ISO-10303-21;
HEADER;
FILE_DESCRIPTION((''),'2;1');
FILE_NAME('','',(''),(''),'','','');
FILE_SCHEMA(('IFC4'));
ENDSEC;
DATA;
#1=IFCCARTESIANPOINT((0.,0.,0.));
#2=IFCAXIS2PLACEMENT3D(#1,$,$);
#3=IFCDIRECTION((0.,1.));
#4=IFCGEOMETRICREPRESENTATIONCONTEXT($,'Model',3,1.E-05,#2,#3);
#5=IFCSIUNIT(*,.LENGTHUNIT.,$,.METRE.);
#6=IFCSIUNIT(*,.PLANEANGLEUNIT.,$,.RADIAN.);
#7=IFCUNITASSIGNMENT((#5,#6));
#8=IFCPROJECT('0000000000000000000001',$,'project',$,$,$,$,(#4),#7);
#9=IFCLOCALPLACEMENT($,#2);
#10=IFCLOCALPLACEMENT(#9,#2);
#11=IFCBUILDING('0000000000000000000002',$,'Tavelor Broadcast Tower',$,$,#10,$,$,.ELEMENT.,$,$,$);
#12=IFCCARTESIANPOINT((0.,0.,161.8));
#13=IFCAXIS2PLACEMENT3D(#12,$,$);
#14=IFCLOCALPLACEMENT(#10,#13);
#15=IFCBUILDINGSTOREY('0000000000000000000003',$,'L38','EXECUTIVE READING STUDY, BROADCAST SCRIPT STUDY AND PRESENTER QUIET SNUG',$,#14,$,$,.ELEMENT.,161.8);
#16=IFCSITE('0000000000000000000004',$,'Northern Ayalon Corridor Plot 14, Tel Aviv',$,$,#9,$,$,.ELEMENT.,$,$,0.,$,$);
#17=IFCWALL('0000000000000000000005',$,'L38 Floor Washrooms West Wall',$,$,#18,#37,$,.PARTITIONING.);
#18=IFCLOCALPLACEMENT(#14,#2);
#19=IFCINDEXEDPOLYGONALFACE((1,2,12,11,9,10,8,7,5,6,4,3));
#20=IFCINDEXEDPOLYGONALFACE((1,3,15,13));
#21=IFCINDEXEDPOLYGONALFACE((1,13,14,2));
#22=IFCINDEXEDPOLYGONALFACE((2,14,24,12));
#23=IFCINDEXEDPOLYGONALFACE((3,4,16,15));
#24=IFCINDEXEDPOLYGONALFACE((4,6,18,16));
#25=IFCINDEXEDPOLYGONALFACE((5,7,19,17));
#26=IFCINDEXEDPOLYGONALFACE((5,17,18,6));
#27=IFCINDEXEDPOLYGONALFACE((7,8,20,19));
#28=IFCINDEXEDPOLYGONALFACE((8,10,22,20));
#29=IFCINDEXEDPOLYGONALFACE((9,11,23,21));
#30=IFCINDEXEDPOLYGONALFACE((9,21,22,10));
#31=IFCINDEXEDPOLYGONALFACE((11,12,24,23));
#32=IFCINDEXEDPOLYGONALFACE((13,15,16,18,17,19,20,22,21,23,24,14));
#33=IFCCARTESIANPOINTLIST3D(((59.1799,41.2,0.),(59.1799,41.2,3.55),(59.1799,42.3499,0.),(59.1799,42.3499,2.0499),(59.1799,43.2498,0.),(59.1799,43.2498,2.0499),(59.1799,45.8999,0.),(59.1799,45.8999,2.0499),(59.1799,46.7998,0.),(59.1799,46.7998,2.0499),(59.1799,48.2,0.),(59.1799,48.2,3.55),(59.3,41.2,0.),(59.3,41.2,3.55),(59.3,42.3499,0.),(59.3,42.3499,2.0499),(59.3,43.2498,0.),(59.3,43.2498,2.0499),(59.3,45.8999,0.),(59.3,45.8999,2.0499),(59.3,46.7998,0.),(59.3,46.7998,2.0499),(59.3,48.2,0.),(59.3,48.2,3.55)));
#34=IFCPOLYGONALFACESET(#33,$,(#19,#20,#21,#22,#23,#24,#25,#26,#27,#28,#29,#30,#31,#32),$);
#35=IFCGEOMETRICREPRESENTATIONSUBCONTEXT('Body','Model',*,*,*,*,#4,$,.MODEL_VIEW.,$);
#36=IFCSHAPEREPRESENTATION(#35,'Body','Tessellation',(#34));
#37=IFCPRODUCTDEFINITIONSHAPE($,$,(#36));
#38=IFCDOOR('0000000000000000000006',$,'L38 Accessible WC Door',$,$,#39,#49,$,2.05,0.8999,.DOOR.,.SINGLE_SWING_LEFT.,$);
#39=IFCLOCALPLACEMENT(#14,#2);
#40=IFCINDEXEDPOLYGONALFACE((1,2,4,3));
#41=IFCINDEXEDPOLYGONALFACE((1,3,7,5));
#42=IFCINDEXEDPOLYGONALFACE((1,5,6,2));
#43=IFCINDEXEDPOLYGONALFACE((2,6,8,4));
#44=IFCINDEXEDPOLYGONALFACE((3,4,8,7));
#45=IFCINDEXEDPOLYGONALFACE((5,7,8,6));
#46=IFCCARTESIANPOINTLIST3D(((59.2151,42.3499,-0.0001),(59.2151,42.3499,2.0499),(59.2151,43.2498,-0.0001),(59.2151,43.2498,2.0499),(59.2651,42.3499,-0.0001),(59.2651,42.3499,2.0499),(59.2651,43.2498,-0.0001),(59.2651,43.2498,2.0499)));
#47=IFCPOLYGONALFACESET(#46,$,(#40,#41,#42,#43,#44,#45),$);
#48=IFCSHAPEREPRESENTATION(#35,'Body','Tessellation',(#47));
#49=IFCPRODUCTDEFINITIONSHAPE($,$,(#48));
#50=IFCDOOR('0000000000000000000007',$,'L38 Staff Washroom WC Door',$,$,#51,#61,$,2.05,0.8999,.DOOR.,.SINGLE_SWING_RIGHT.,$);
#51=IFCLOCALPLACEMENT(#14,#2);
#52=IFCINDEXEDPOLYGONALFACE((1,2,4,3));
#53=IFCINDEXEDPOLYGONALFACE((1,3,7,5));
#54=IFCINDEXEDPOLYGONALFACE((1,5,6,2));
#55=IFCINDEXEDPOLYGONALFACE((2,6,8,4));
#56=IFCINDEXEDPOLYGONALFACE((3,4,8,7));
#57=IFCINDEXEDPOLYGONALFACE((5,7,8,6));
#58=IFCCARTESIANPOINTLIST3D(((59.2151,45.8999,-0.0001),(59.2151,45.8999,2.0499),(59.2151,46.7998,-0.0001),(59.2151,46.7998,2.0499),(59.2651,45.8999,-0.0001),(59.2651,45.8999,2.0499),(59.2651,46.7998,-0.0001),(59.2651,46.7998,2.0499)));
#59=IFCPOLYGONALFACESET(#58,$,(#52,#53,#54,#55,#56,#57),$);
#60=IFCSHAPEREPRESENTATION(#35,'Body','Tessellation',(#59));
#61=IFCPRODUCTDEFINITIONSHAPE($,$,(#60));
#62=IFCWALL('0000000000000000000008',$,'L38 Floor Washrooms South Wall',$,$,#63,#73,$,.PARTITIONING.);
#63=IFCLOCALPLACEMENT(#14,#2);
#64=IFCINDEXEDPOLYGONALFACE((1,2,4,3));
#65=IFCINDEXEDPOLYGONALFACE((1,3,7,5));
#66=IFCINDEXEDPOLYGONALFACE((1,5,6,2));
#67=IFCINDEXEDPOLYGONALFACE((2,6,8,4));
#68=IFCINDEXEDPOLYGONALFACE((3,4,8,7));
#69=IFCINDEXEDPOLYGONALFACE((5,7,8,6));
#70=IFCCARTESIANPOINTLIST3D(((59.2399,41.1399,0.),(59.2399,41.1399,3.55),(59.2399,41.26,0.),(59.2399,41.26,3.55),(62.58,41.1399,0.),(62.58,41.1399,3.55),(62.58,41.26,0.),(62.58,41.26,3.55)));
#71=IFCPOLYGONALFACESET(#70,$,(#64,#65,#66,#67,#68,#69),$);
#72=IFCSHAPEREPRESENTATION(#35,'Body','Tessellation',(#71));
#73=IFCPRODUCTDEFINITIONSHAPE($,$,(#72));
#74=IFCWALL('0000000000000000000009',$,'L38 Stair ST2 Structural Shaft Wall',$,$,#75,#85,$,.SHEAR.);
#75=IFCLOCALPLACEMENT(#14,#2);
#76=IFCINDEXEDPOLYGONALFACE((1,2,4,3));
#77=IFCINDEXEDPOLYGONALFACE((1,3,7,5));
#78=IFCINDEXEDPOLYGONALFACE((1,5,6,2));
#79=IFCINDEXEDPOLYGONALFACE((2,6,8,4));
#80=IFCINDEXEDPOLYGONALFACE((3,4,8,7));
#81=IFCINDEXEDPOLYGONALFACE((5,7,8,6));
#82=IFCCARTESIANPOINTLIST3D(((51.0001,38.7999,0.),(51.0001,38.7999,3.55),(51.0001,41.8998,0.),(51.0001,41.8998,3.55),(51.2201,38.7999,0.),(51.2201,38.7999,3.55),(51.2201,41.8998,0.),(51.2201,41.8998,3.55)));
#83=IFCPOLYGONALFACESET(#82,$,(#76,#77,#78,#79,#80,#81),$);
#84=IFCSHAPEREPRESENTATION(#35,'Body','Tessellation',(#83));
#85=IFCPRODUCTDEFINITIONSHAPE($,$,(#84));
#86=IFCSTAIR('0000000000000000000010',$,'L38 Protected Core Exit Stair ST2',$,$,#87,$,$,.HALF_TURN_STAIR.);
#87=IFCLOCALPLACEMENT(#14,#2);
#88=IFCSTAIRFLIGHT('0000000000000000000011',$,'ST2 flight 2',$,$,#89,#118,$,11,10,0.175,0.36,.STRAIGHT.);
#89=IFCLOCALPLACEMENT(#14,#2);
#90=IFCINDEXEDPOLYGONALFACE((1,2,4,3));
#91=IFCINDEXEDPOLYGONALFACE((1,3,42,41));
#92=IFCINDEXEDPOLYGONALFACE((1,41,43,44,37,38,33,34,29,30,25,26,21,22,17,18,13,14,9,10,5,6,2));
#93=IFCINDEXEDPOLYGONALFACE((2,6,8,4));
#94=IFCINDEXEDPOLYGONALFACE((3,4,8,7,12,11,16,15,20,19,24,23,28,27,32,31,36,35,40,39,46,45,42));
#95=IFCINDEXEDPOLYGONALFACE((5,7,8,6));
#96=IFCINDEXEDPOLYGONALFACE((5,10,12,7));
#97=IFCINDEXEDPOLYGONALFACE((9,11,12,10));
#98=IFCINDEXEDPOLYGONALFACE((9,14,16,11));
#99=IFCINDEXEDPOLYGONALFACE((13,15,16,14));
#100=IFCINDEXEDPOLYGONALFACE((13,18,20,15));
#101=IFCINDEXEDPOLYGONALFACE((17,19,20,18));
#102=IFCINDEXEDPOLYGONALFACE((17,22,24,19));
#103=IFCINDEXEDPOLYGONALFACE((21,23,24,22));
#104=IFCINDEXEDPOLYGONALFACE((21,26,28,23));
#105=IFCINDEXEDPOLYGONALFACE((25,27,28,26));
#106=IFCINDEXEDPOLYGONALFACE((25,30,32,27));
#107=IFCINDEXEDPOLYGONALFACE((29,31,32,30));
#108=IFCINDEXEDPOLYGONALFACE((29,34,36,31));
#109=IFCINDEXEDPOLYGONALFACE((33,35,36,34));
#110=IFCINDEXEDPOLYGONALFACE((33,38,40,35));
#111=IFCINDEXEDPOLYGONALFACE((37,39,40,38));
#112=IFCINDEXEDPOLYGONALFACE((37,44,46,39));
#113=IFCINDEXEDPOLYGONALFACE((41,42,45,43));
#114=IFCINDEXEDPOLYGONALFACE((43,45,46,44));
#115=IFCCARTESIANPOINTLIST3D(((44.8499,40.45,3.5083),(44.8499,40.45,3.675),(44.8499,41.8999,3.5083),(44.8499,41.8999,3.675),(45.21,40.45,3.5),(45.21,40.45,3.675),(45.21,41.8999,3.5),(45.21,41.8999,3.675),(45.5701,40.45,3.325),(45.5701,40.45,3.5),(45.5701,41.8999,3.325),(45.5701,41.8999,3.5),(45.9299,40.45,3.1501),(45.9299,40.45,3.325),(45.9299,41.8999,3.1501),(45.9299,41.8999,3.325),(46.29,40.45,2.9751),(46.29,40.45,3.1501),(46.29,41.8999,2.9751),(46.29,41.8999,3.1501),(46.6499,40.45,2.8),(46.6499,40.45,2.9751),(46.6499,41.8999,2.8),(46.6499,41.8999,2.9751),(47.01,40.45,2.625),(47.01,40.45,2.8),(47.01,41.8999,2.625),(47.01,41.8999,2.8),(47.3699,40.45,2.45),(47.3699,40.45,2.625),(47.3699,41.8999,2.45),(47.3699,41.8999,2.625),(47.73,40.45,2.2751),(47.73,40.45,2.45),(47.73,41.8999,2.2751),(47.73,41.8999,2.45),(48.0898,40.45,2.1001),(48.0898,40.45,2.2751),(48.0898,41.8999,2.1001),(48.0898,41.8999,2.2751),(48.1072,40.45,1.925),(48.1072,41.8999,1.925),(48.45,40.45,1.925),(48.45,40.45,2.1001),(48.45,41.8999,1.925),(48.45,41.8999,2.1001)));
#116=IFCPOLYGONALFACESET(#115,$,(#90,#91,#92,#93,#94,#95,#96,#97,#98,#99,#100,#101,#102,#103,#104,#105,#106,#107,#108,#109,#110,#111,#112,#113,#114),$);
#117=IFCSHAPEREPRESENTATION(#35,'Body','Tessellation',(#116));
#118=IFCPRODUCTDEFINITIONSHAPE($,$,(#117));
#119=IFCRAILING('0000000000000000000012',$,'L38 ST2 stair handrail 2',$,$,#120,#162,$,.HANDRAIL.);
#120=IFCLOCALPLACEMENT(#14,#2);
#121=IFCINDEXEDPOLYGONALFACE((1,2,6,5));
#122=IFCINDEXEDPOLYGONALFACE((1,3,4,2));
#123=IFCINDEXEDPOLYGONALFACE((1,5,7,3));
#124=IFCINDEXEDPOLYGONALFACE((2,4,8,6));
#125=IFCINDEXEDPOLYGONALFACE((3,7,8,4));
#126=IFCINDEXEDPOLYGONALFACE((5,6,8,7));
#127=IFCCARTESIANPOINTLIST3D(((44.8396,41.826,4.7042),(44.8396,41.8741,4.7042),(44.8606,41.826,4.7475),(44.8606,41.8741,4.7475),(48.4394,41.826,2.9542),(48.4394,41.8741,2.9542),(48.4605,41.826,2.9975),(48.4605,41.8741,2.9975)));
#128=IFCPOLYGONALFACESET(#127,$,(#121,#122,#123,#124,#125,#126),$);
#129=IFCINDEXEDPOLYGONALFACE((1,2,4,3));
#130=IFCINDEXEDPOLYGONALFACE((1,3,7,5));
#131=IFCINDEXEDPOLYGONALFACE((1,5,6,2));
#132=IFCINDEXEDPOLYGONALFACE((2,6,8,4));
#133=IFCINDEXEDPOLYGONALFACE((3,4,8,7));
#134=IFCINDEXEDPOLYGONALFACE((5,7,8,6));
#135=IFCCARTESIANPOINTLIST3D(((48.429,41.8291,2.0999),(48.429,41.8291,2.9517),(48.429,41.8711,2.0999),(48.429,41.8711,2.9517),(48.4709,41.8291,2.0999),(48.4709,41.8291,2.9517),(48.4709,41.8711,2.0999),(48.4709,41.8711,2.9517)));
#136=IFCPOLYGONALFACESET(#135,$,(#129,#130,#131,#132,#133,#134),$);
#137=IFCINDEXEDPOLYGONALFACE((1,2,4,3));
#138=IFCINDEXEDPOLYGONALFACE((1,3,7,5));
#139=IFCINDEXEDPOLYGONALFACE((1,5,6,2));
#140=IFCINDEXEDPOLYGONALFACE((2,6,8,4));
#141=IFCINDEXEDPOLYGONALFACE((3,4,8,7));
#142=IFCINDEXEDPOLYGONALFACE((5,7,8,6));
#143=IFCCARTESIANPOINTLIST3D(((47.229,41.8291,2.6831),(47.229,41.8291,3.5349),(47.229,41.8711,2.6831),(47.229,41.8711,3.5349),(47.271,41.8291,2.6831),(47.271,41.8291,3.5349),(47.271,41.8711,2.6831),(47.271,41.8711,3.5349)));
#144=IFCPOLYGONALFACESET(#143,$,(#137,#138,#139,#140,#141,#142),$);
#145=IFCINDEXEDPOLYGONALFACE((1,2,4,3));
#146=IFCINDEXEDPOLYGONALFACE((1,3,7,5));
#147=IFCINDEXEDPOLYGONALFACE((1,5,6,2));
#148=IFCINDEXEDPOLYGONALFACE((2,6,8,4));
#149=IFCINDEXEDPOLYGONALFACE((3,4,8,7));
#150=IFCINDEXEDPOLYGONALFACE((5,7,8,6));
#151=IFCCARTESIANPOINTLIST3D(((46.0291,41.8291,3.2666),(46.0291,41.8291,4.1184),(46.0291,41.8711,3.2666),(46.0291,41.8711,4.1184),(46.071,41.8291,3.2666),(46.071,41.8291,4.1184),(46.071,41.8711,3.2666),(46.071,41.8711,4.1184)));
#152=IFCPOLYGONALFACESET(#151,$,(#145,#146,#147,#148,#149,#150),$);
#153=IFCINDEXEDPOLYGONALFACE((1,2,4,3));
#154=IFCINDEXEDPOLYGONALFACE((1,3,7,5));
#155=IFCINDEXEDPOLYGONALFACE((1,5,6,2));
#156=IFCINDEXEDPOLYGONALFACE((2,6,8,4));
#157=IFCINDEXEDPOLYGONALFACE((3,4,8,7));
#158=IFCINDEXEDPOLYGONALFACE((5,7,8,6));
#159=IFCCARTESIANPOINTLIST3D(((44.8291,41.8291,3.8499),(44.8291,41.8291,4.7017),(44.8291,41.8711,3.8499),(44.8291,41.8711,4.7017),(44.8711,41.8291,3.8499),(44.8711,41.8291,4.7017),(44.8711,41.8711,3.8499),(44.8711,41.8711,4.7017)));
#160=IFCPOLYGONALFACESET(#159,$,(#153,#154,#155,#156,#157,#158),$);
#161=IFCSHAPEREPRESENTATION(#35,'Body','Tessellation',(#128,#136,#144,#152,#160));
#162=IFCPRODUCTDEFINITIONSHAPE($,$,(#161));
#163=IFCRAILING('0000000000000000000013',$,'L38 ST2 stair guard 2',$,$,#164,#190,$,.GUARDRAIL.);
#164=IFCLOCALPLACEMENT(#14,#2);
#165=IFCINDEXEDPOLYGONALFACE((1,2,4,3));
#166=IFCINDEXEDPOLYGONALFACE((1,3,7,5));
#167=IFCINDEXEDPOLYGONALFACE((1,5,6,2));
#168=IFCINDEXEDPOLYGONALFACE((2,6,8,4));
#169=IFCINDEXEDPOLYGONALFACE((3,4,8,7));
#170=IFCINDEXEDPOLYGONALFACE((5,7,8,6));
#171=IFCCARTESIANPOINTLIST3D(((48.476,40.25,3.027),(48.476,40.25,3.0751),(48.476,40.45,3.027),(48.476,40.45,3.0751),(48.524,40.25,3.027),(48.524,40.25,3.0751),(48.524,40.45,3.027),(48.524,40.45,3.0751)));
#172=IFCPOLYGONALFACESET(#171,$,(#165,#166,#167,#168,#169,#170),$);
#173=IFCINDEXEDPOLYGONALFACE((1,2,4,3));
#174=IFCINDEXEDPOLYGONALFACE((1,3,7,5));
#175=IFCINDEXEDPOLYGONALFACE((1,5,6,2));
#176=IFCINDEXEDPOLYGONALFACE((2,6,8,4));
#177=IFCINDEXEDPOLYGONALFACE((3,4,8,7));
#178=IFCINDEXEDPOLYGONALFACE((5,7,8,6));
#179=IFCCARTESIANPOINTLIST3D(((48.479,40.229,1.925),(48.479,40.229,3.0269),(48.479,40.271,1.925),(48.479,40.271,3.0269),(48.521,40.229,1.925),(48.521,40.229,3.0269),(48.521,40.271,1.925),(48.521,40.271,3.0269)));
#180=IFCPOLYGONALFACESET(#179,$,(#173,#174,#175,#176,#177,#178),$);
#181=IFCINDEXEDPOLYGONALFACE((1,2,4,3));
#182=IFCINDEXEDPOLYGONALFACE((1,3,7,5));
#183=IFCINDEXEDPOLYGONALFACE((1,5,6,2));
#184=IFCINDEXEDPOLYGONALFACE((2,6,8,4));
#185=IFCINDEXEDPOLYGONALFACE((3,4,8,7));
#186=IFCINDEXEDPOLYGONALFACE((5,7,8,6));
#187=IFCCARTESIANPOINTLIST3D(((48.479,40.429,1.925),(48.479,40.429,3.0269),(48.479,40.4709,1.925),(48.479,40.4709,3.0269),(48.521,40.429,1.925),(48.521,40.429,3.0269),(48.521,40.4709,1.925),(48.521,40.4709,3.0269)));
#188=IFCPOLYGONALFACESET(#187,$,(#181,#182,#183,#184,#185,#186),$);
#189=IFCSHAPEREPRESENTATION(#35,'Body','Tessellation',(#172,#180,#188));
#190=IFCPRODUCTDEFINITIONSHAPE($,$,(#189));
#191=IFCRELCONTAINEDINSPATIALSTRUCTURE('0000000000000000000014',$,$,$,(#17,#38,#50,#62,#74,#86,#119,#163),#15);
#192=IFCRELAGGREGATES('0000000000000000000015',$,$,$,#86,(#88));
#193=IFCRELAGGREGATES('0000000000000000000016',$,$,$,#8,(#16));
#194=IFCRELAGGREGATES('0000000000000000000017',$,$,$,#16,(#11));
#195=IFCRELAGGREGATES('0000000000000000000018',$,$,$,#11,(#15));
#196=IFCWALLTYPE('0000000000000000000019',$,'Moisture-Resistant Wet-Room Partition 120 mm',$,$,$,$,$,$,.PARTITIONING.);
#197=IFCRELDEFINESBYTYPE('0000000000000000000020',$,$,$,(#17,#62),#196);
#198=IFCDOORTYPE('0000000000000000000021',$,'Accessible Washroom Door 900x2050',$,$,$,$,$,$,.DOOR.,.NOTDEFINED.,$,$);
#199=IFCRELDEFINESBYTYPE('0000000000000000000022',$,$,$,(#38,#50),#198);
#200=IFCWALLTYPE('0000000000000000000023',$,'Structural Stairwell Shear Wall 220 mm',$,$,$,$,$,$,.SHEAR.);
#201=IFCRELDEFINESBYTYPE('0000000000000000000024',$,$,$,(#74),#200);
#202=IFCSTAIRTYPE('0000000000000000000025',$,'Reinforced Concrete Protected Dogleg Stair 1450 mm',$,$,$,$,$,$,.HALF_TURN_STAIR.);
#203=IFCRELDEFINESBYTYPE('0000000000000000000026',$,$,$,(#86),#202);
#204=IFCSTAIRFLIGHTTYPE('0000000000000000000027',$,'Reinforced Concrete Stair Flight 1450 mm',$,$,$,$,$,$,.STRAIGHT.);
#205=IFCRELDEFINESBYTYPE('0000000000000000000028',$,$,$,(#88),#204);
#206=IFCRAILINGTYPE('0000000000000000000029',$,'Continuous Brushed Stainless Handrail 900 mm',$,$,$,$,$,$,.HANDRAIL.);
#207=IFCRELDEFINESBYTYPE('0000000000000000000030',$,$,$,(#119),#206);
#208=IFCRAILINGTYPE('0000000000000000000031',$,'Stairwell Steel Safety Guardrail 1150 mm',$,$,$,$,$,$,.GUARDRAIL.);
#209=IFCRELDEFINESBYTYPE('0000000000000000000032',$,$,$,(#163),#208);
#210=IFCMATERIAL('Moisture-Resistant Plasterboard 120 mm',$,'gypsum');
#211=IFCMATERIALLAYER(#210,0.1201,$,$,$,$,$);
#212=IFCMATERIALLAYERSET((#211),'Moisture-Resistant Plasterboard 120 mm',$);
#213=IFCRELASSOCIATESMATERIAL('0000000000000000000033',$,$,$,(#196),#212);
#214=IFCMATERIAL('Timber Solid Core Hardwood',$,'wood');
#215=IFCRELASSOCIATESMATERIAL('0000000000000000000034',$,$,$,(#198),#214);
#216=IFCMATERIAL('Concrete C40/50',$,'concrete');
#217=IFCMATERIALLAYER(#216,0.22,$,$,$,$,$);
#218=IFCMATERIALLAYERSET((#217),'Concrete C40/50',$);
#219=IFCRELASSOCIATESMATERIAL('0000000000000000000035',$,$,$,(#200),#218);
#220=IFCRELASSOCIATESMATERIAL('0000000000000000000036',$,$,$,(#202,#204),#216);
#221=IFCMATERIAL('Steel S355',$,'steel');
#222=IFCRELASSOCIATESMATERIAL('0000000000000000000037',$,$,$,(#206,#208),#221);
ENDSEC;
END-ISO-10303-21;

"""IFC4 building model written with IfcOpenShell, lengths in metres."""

from ifc_helpers import new_model, si_unit, direction, frame, frame_2d, origin, origin_2d, place, context, subcontext, project, spatial, polyline, rectangle, outline, extrude, material, layer, layer_set, type_object, element, fill, aggregate, save


model = new_model("IFC4")

# Units and contexts
model_context = context("Model", 3, precision=1e-05, world=origin(), true_north=direction((0.0, 1.0)))
body_context = subcontext(model_context, "Body", "Model", "MODEL_VIEW")
ifc_project = project(units=[si_unit("LENGTHUNIT", "METRE"), si_unit("PLANEANGLEUNIT", "RADIAN")], contexts=[model_context])

# Site, building, storey
site_placement = place(None, origin())
site = spatial("IfcSite", under=ifc_project, at=site_placement, Name="Northern Ayalon Corridor Plot 14, Tel Aviv", CompositionType="ELEMENT", RefElevation=0.0)
building_placement = place(site_placement, origin())
building = spatial("IfcBuilding", under=site, at=building_placement, Name="Tavelor Broadcast Tower", CompositionType="ELEMENT")
storey_placement = place(building_placement, frame((0.0, 0.0, 161.8)))
storey = spatial("IfcBuildingStorey", under=building, at=storey_placement, Name="L38", Description="EXECUTIVE READING STUDY, BROADCAST SCRIPT STUDY AND PRESENTER QUIET SNUG", CompositionType="ELEMENT", Elevation=161.8)

# Shared definitions
ifc_material_1 = material(Name="Concrete C40/50", Category="concrete")
ifc_material_2 = material(Name="Steel S355", Category="steel")

# Shared definitions
ifc_material_3 = material(Name="Timber Solid Core Hardwood", Category="wood")

# Wall, openings, doors
ifc_material_4 = material(Name="Moisture-Resistant Plasterboard 120 mm", Category="gypsum")
ifc_layer_1 = layer(ifc_material_4, 0.1201)
ifc_layer_set_1 = layer_set([ifc_layer_1], Name="Moisture-Resistant Plasterboard 120 mm")
wall_type_1 = type_object("IfcWallType", Name="Moisture-Resistant Wet-Room Partition 120 mm", PredefinedType="PARTITIONING", material=ifc_layer_set_1)
wall_1_placement = place(storey_placement, frame((59.24, 41.2, 0.0), z_axis=(0.0, 0.0, 1.0), x_axis=(0.0, 1.0, 0.0)))
wall_1 = element("IfcWall", 1, at=wall_1_placement, inside=storey, type_object=wall_type_1, Name="L38 Floor Washrooms West Wall", PredefinedType="PARTITIONING", context=body_context, shape_type="SweptSolid", body=[
    extrude(rectangle(XDim=7.0, YDim=0.1201, at=frame_2d((3.5, 0.0))), origin(), (0.0, 0.0, 1.0), 3.55),
])
opening_1_placement = place(wall_1_placement, frame((1.1499, 0.0, 0.0)))
opening_1 = element("IfcOpeningElement", 2, at=opening_1_placement, cuts=wall_1, PredefinedType="OPENING", context=body_context, shape_type="SweptSolid", body=[
    extrude(rectangle(XDim=0.8999, YDim=2.05, at=frame_2d((0.45, 1.0249))), frame((0.0, 0.0701, 0.0), z_axis=(0.0, -1.0, 0.0), x_axis=(1.0, 0.0, 0.0)), (0.0, 0.0, 1.0), 0.1401),
])
opening_2_placement = place(wall_1_placement, frame((4.7, 0.0, 0.0)))
opening_2 = element("IfcOpeningElement", 3, at=opening_2_placement, cuts=wall_1, PredefinedType="OPENING", context=body_context, shape_type="SweptSolid", body=[
    extrude(rectangle(XDim=0.8999, YDim=2.05, at=frame_2d((0.45, 1.0249))), frame((0.0, 0.0701, 0.0), z_axis=(0.0, -1.0, 0.0), x_axis=(1.0, 0.0, 0.0)), (0.0, 0.0, 1.0), 0.1401),
])
door_type_1 = type_object("IfcDoorType", Name="Accessible Washroom Door 900x2050", OperationType="NOTDEFINED", PredefinedType="DOOR", material=ifc_material_3)
door_1_placement = place(opening_1_placement, origin())
door_1 = element("IfcDoor", 4, at=door_1_placement, inside=storey, type_object=door_type_1, Name="L38 Accessible WC Door", OperationType="SINGLE_SWING_LEFT", OverallHeight=2.05, OverallWidth=0.8999, PredefinedType="DOOR", context=body_context, shape_type="SweptSolid", body=[
    extrude(rectangle(XDim=0.8999, YDim=2.05, at=frame_2d((0.45, 1.0249))), frame((0.0, 0.0249, 0.0), z_axis=(0.0, -1.0, 0.0), x_axis=(1.0, 0.0, 0.0)), (0.0, 0.0, 1.0), 0.05),
])
fill(opening_1, door_1)
door_2_placement = place(opening_2_placement, origin())
door_2 = element("IfcDoor", 5, at=door_2_placement, inside=storey, type_object=door_type_1, Name="L38 Staff Washroom WC Door", OperationType="SINGLE_SWING_RIGHT", OverallHeight=2.05, OverallWidth=0.8999, PredefinedType="DOOR", context=body_context, shape_type="SweptSolid", body=[
    extrude(rectangle(XDim=0.8999, YDim=2.05, at=frame_2d((0.45, 1.0249))), frame((0.0, 0.0249, 0.0), z_axis=(0.0, -1.0, 0.0), x_axis=(1.0, 0.0, 0.0)), (0.0, 0.0, 1.0), 0.05),
])
fill(opening_2, door_2)

# Walls
wall_2_placement = place(storey_placement, frame((59.24, 41.2, 0.0), z_axis=(0.0, 0.0, 1.0), x_axis=(1.0, 0.0, 0.0)))
element("IfcWall", 6, at=wall_2_placement, inside=storey, type_object=wall_type_1, Name="L38 Floor Washrooms South Wall", PredefinedType="PARTITIONING", context=body_context, shape_type="SweptSolid", body=[
    extrude(rectangle(XDim=3.3401, YDim=0.1201, at=frame_2d((1.6699, 0.0))), origin(), (0.0, 0.0, 1.0), 3.55),
])
ifc_layer_2 = layer(ifc_material_1, 0.22)
ifc_layer_set_2 = layer_set([ifc_layer_2], Name="Concrete C40/50")
wall_type_2 = type_object("IfcWallType", Name="Structural Stairwell Shear Wall 220 mm", PredefinedType="SHEAR", material=ifc_layer_set_2)
wall_3_placement = place(storey_placement, frame((51.1101, 38.8, 0.0), z_axis=(0.0, 0.0, 1.0), x_axis=(0.0, 1.0, 0.0)))
element("IfcWall", 7, at=wall_3_placement, inside=storey, type_object=wall_type_2, Name="L38 Stair ST2 Structural Shaft Wall", PredefinedType="SHEAR", context=body_context, shape_type="SweptSolid", body=[
    extrude(rectangle(XDim=3.0999, YDim=0.22, at=frame_2d((1.5498, 0.0))), origin(), (0.0, 0.0, 1.0), 3.55),
])

# Stair, stair flight
stair_type = type_object("IfcStairType", Name="Reinforced Concrete Protected Dogleg Stair 1450 mm", PredefinedType="HALF_TURN_STAIR", material=ifc_material_1)
stair_placement = place(storey_placement, origin())
stair = element("IfcStair", 8, at=stair_placement, inside=storey, type_object=stair_type, Name="L38 Protected Core Exit Stair ST2", PredefinedType="HALF_TURN_STAIR")
stair_flight_type = type_object("IfcStairFlightType", Name="Reinforced Concrete Stair Flight 1450 mm", PredefinedType="STRAIGHT", material=ifc_material_1)
stair_flight_placement = place(storey_placement, frame((48.45, 41.175, 1.925), z_axis=(0.0, 0.0, 1.0), x_axis=(-1.0, 0.0, 0.0)))
stair_flight = element("IfcStairFlight", 9, at=stair_flight_placement, type_object=stair_flight_type, Name="ST2 flight 2", NumberOfRisers=11, NumberOfTreads=10, PredefinedType="STRAIGHT", RiserHeight=0.175, TreadLength=0.36, context=body_context, shape_type="SweptSolid", body=[
    extrude(outline(polyline([(0.0, 0.0), (0.0, 0.175), (0.3601, 0.175), (0.3601, 0.3501), (0.72, 0.3501), (0.72, 0.5249), (1.0801, 0.5249), (1.0801, 0.7), (1.4399, 0.7), (1.4399, 0.875), (1.8, 0.875), (1.8, 1.05), (2.1599, 1.05), (2.1599, 1.2251), (2.52, 1.2251), (2.52, 1.3999), (2.8799, 1.3999), (2.8799, 1.575), (3.24, 1.575), (3.24, 1.75), (3.6001, 1.75), (3.6001, 1.925), (3.6001, 1.5833), (0.3428, 0.0), (0.0, 0.0)])), frame((0.0, 0.7251, 0.0), z_axis=(0.0, -1.0, 0.0), x_axis=(1.0, 0.0, 0.0)), (0.0, 0.0, 1.0), 1.45),
])
aggregate(stair, [stair_flight])

# Railings
railing_type_1 = type_object("IfcRailingType", Name="Continuous Brushed Stainless Handrail 900 mm", PredefinedType="HANDRAIL", material=ifc_material_2)
railing_1_placement = place(storey_placement, frame((48.45, 41.8501, 2.0999)))
element("IfcRailing", 10, at=railing_1_placement, inside=storey, type_object=railing_type_1, Name="L38 ST2 stair handrail 2", PredefinedType="HANDRAIL", context=body_context, shape_type="SweptSolid", body=[
    extrude(rectangle(XDim=0.0481, YDim=0.0481, at=origin_2d()), frame((0.0, 0.0, 0.876), z_axis=(-0.899361, 0.0, 0.437207), x_axis=(0.0, -1.0, 0.0)), (0.0, 0.0, 1.0), 4.0027),
    extrude(rectangle(XDim=0.042, YDim=0.042, at=origin_2d()), origin(), (0.0, 0.0, 1.0), 0.8518),
    extrude(rectangle(XDim=0.042, YDim=0.042, at=origin_2d()), frame((-1.2, 0.0, 0.5833)), (0.0, 0.0, 1.0), 0.8518),
    extrude(rectangle(XDim=0.042, YDim=0.042, at=origin_2d()), frame((-2.3999, 0.0, 1.1667)), (0.0, 0.0, 1.0), 0.8518),
    extrude(rectangle(XDim=0.042, YDim=0.042, at=origin_2d()), frame((-3.5999, 0.0, 1.75)), (0.0, 0.0, 1.0), 0.8518),
])
railing_type_2 = type_object("IfcRailingType", Name="Stairwell Steel Safety Guardrail 1150 mm", PredefinedType="GUARDRAIL", material=ifc_material_2)
railing_2_placement = place(storey_placement, frame((48.5, 40.25, 1.925)))
element("IfcRailing", 11, at=railing_2_placement, inside=storey, type_object=railing_type_2, Name="L38 ST2 stair guard 2", PredefinedType="GUARDRAIL", context=body_context, shape_type="SweptSolid", body=[
    extrude(rectangle(XDim=0.0481, YDim=0.0481, at=origin_2d()), frame((0.0, 0.0, 1.126), z_axis=(0.0, 1.0, 0.0), x_axis=(-1.0, 0.0, 0.0)), (0.0, 0.0, 1.0), 0.2),
    extrude(rectangle(XDim=0.042, YDim=0.042, at=origin_2d()), origin(), (0.0, 0.0, 1.0), 1.1018),
    extrude(rectangle(XDim=0.042, YDim=0.042, at=origin_2d()), frame((0.0, 0.2, 0.0)), (0.0, 0.0, 1.0), 1.1018),
])

save(model, "model.ifc")
